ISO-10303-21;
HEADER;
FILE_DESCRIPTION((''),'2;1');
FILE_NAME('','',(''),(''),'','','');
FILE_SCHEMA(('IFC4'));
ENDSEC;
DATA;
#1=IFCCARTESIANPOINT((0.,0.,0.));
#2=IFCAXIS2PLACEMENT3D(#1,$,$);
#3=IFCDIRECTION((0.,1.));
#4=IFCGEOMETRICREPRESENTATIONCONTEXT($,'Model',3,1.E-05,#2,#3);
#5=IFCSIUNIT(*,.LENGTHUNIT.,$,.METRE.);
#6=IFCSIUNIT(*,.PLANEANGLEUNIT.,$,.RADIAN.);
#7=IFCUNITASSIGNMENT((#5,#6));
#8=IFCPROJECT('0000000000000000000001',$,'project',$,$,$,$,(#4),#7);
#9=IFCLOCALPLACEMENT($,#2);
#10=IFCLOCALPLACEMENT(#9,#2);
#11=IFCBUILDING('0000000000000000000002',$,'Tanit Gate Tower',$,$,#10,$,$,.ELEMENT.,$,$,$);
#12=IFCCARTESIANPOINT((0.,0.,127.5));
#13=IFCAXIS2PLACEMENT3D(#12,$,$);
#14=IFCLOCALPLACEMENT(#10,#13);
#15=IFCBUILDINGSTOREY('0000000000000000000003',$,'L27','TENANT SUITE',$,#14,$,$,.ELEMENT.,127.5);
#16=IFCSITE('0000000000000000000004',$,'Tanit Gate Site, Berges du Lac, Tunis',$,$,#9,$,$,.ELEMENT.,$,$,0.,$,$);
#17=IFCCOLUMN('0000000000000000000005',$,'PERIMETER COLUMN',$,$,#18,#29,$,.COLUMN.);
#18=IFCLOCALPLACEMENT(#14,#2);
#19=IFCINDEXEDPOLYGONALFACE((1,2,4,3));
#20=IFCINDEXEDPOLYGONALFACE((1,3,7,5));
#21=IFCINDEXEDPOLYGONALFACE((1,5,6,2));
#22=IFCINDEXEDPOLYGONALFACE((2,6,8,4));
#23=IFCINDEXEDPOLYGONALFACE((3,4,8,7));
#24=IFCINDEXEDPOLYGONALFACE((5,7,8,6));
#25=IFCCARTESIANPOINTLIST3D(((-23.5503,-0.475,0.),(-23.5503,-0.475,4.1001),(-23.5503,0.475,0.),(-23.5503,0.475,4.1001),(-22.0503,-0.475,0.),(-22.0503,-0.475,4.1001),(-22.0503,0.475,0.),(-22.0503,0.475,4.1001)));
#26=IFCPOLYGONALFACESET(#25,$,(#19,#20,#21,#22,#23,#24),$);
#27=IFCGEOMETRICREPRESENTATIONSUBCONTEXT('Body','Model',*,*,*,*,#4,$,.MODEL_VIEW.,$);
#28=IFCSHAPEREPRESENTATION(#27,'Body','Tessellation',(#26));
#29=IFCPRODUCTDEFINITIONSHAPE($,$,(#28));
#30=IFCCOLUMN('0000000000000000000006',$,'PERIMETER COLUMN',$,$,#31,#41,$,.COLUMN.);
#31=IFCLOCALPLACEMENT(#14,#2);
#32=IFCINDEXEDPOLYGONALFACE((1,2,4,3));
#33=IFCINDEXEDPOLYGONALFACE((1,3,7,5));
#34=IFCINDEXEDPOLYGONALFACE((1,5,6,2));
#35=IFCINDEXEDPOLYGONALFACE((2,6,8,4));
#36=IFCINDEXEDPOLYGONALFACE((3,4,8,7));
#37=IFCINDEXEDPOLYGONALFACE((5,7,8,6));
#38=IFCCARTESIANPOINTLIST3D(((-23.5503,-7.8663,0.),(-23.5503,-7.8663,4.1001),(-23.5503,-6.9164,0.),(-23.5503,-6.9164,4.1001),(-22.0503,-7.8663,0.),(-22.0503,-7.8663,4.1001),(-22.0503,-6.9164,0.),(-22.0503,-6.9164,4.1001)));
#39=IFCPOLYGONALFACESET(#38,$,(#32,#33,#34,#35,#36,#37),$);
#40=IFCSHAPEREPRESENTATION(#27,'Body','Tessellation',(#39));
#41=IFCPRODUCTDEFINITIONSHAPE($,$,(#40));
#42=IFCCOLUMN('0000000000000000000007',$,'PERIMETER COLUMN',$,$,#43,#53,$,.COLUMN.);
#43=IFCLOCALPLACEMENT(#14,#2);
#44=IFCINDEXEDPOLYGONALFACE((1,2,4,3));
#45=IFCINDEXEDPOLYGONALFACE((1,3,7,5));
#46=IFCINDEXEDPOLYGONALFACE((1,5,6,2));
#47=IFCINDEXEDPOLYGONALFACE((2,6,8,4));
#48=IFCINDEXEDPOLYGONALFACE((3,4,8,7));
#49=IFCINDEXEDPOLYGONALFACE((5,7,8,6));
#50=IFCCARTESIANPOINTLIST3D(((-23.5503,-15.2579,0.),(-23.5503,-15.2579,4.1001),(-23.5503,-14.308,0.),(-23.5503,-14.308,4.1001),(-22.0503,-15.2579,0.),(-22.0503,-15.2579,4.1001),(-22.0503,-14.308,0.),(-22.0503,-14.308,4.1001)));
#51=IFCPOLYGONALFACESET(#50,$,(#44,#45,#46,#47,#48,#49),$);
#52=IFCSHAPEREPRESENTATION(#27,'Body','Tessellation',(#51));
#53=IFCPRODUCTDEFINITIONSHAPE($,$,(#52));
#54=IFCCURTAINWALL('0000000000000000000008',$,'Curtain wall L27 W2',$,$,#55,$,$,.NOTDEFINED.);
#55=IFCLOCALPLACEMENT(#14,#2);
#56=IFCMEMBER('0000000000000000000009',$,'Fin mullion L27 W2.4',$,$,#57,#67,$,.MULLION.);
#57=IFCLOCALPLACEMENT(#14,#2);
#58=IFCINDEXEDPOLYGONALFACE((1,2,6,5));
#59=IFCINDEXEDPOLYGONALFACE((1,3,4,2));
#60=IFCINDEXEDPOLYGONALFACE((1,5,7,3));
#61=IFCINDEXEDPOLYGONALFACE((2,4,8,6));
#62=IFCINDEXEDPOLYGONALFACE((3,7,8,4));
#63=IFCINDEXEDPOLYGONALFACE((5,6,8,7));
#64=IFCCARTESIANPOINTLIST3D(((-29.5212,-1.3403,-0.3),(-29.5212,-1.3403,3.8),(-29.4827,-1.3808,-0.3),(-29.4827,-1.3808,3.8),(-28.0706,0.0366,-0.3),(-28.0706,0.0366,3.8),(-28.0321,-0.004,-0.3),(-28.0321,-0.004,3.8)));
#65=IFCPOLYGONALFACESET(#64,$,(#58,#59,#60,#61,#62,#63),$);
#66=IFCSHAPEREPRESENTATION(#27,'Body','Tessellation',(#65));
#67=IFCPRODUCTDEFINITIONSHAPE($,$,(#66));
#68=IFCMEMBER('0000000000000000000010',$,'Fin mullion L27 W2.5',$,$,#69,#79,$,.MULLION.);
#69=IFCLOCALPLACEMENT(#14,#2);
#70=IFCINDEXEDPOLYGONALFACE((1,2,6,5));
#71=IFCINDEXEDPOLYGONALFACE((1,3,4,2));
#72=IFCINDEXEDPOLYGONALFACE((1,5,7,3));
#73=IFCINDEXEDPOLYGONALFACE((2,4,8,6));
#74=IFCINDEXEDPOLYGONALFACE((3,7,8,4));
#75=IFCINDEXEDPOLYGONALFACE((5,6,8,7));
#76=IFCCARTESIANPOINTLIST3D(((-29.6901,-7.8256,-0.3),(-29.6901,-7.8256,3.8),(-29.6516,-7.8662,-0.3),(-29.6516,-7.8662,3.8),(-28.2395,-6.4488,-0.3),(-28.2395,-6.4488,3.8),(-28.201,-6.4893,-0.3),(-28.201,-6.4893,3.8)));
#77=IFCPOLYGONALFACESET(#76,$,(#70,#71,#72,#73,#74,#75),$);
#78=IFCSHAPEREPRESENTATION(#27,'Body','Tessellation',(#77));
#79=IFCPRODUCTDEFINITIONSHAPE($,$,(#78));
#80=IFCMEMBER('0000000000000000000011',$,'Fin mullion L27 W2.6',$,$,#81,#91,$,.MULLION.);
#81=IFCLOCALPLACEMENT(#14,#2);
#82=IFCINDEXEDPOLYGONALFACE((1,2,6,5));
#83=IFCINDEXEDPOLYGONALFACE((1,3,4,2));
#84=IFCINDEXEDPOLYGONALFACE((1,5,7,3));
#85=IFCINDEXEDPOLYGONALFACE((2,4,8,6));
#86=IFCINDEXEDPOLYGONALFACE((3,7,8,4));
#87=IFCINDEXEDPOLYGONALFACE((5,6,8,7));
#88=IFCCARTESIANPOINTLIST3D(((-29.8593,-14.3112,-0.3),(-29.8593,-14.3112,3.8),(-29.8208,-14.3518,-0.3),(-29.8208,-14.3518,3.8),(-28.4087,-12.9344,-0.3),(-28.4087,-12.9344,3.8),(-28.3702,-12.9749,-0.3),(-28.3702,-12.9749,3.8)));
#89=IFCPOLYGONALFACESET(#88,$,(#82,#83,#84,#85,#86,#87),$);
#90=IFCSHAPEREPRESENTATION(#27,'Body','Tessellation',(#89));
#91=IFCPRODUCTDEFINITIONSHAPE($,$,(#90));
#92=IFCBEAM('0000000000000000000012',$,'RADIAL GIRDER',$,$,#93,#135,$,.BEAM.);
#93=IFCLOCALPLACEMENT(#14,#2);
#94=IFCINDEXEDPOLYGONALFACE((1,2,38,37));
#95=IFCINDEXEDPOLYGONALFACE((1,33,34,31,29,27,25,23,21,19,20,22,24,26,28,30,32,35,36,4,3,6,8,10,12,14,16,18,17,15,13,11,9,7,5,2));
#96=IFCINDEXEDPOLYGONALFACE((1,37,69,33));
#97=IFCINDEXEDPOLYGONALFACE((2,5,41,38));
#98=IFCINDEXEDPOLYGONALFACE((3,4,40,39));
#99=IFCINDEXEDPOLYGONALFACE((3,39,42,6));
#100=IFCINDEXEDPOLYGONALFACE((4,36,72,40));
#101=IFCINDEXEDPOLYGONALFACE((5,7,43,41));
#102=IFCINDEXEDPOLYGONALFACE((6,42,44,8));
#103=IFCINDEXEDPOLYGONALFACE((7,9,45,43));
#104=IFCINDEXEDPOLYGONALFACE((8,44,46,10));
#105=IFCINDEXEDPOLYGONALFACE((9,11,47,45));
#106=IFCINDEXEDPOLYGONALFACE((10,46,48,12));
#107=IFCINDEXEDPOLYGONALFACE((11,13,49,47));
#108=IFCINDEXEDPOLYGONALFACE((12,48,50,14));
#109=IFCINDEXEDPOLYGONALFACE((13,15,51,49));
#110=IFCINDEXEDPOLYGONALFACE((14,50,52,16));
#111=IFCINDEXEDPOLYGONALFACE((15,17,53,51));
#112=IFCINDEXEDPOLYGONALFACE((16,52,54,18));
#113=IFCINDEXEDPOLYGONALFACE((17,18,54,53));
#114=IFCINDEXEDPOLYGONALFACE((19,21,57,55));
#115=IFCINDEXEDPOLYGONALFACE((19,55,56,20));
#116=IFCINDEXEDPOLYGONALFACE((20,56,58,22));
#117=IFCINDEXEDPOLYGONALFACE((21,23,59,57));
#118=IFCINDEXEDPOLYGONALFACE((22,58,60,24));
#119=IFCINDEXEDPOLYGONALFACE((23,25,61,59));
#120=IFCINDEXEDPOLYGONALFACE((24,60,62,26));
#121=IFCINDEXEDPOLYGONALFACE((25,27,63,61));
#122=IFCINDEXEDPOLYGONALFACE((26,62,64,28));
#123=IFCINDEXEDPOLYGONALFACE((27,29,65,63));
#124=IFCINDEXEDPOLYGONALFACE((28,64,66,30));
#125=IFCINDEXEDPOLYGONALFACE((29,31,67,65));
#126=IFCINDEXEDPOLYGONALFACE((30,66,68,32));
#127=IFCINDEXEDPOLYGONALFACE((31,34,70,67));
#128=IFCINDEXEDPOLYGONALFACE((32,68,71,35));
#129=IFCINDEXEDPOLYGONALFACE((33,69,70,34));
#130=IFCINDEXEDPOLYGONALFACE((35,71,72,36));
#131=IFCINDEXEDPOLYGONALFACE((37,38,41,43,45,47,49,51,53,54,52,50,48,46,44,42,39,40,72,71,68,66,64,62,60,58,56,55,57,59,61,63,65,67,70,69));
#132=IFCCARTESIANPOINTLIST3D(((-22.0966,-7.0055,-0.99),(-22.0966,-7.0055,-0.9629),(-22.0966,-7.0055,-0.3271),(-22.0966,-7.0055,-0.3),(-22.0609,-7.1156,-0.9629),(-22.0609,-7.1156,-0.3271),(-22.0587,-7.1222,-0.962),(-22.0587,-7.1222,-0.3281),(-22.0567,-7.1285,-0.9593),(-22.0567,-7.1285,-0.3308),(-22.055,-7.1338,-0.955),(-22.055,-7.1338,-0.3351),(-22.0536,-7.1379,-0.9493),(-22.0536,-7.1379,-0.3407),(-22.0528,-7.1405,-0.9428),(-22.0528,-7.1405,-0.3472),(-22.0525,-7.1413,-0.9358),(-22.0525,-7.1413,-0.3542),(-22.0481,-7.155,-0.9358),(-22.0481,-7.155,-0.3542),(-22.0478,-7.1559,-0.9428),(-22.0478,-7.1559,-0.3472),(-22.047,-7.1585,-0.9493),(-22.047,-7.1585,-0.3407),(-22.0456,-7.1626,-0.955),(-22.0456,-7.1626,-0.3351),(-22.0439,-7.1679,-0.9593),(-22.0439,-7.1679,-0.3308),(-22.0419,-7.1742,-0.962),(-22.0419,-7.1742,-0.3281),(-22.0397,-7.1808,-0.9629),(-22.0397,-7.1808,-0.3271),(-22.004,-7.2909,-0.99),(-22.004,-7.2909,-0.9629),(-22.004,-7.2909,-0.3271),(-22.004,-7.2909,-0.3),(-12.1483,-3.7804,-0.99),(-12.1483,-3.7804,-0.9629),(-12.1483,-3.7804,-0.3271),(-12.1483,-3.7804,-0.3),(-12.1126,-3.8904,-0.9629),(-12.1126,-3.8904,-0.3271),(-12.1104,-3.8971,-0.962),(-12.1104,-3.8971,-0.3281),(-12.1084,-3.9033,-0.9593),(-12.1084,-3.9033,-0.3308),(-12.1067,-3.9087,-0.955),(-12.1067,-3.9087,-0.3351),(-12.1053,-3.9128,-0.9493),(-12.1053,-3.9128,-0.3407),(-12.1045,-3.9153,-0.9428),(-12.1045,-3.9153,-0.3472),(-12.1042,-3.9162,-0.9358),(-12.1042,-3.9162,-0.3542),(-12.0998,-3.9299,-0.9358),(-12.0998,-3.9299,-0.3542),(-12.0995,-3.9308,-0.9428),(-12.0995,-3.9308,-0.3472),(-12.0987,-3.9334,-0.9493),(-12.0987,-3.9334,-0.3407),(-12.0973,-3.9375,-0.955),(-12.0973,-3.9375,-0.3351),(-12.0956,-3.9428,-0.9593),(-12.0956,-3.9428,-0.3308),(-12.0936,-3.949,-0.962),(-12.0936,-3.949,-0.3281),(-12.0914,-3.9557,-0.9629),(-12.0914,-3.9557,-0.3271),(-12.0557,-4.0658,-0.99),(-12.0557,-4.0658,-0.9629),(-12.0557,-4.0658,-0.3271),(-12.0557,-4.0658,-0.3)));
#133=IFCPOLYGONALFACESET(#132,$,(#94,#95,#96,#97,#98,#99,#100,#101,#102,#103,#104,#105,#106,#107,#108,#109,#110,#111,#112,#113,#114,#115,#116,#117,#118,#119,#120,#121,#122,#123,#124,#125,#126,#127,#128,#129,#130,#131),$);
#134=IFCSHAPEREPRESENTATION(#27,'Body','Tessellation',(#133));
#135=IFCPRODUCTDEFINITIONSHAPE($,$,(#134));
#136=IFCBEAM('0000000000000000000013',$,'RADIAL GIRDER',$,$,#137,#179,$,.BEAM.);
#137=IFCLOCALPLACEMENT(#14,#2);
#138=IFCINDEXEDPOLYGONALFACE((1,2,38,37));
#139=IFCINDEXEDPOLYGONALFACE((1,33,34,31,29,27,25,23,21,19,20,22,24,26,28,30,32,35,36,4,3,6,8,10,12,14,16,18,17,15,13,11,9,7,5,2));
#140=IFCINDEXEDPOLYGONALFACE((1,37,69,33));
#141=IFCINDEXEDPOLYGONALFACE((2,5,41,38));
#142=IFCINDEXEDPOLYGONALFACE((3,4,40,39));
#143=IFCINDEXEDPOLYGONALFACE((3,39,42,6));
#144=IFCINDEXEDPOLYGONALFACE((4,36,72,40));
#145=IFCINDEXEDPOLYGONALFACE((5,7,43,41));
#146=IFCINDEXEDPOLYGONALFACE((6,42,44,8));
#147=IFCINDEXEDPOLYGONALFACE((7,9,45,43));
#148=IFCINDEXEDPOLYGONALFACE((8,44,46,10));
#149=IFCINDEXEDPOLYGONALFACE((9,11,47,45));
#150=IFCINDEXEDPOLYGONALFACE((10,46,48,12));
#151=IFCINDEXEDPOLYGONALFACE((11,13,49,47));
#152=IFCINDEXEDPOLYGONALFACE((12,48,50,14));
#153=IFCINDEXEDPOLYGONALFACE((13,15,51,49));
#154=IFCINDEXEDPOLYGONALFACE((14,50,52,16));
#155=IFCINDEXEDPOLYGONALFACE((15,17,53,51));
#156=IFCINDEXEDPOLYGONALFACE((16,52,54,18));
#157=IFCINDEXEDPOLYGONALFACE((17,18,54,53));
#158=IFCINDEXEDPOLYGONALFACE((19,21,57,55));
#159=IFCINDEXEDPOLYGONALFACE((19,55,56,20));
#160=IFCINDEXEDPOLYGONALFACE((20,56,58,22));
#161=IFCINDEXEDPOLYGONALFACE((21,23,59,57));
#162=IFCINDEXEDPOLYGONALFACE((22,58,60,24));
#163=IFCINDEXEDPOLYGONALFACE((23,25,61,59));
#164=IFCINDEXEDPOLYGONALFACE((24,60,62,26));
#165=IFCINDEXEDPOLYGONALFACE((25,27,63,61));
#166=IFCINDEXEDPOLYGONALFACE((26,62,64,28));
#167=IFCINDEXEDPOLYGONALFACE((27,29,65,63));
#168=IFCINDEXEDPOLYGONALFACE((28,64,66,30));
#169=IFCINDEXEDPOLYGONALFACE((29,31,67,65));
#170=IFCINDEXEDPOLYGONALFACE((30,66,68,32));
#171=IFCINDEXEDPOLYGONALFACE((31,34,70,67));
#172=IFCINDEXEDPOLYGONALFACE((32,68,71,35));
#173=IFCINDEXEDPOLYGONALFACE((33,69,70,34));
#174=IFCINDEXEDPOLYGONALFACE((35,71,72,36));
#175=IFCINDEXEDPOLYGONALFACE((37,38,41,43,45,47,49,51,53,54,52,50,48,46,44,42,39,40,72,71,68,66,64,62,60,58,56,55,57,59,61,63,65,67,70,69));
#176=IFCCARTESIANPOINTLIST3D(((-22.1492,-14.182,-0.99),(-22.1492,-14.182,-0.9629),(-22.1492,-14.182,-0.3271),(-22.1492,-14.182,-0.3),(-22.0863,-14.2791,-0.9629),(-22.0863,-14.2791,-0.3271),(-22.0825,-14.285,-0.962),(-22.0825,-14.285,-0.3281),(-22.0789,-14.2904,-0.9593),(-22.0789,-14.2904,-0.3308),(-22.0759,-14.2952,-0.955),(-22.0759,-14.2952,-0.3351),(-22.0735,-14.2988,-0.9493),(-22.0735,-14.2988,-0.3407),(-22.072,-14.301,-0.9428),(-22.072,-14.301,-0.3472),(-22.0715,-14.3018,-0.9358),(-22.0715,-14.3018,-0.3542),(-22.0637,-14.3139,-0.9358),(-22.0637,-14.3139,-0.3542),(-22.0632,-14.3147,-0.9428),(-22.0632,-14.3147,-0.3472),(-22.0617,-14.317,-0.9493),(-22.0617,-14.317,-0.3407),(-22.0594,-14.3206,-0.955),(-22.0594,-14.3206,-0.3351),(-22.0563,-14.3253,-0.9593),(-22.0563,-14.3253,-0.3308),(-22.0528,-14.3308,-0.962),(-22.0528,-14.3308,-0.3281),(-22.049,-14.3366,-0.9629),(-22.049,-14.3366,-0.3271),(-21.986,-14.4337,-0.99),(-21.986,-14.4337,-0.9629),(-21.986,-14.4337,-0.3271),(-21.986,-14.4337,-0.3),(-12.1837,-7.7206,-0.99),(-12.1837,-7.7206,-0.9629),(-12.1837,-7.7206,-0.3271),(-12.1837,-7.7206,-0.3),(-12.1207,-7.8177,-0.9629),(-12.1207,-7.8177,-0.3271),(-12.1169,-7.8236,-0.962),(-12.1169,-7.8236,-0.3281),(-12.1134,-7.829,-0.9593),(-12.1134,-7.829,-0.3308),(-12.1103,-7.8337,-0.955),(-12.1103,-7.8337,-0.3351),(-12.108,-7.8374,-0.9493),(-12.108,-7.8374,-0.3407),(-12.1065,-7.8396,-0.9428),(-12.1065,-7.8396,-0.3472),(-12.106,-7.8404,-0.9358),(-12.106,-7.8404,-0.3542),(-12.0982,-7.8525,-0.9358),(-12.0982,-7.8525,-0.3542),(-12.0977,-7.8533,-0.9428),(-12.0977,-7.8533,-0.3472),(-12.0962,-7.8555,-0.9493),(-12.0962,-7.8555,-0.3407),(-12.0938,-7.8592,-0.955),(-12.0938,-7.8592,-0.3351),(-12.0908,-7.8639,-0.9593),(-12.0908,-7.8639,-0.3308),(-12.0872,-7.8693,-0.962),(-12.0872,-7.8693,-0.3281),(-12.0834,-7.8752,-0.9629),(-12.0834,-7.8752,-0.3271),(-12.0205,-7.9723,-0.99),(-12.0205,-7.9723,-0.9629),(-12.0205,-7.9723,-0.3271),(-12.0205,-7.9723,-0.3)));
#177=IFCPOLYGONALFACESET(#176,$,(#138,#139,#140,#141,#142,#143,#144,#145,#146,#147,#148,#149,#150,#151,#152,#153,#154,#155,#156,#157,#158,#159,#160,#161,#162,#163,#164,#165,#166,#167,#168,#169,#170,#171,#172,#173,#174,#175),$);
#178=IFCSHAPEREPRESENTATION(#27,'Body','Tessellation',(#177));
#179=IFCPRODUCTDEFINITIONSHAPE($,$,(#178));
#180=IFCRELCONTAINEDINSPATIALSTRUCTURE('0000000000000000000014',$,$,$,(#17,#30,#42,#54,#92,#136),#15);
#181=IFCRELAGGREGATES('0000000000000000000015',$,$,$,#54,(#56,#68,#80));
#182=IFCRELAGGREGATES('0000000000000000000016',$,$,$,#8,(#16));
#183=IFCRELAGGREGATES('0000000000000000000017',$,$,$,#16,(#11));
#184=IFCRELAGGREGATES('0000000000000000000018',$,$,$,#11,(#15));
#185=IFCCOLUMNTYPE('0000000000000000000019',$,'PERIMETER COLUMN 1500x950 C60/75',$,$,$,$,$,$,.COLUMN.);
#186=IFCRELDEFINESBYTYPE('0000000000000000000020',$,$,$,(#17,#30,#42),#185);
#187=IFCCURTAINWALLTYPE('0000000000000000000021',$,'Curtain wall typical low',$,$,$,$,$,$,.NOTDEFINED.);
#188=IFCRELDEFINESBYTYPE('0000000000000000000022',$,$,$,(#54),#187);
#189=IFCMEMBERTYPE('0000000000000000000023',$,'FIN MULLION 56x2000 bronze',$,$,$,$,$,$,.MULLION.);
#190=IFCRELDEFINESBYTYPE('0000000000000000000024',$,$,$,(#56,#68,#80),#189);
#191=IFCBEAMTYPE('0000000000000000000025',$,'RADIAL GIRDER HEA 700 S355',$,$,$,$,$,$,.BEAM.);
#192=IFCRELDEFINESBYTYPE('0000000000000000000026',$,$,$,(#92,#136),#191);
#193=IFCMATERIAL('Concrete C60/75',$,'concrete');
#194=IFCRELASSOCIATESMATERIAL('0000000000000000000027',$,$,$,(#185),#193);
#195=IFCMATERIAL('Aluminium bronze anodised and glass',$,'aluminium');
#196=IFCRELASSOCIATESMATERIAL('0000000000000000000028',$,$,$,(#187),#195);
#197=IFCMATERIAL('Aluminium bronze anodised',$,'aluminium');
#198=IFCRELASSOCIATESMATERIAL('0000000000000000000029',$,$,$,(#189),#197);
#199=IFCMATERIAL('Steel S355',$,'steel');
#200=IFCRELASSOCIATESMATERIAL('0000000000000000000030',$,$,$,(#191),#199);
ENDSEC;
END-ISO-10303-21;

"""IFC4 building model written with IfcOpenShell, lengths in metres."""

from ifc_helpers import new_model, si_unit, direction, frame, origin, origin_2d, place, context, subcontext, project, spatial, rectangle, i_section, extrude, material, material_profile, profile_set, type_object, element, aggregate, save


model = new_model("IFC4")

# Units and contexts
model_context = context("Model", 3, precision=1e-05, world=origin(), true_north=direction((0.0, 1.0)))
body_context = subcontext(model_context, "Body", "Model", "MODEL_VIEW")
ifc_project = project(units=[si_unit("LENGTHUNIT", "METRE"), si_unit("PLANEANGLEUNIT", "RADIAN")], contexts=[model_context])

# Site, building, storey
site_placement = place(None, origin())
site = spatial("IfcSite", under=ifc_project, at=site_placement, Name="Tanit Gate Site, Berges du Lac, Tunis", CompositionType="ELEMENT", RefElevation=0.0)
building_placement = place(site_placement, origin())
building = spatial("IfcBuilding", under=site, at=building_placement, Name="Tanit Gate Tower", CompositionType="ELEMENT")
storey_placement = place(building_placement, frame((0.0, 0.0, 127.5)))
storey = spatial("IfcBuildingStorey", under=building, at=storey_placement, Name="L27", Description="TENANT SUITE", CompositionType="ELEMENT", Elevation=127.5)

# Columns
ifc_material_1 = material(Name="Concrete C60/75", Category="concrete")
ifc_material_profile_1 = material_profile(ifc_material_1, rectangle(XDim=1.5, YDim=0.95, at=origin_2d()), Name="RC 1500x950")
ifc_profile_set_1 = profile_set([ifc_material_profile_1], Name="Concrete C60/75")
column_type = type_object("IfcColumnType", Name="PERIMETER COLUMN 1500x950 C60/75", PredefinedType="COLUMN", material=ifc_profile_set_1)
for number, where, z_axis, x_axis, name in (
    (1, (-22.8003, 0.0, 0.0), (0.0, 0.0, 1.0), (-1.0, 0.0, 0.0), "PERIMETER COLUMN"),
    (2, (-22.8003, -7.3914, 0.0), (0.0, 0.0, 1.0), (-1.0, 0.0, 0.0), "PERIMETER COLUMN"),
    (3, (-22.8003, -14.783, 0.0), (0.0, 0.0, 1.0), (-1.0, 0.0, 0.0), "PERIMETER COLUMN"),
):
    element("IfcColumn", number, at=place(storey_placement, frame(where, z_axis=z_axis, x_axis=x_axis)), inside=storey, type_object=column_type, Name=name, PredefinedType="COLUMN", context=body_context, shape_type="SweptSolid", body=[
        extrude(rectangle(XDim=1.5, YDim=0.95, at=origin_2d()), origin(), (0.0, 0.0, 1.0), 4.1001),
    ])

# Curtain wall, members
ifc_material_2 = material(Name="Aluminium bronze anodised and glass", Category="aluminium")
curtain_wall_type = type_object("IfcCurtainWallType", Name="Curtain wall typical low", PredefinedType="NOTDEFINED", material=ifc_material_2)
curtain_wall_placement = place(storey_placement, origin())
curtain_wall = element("IfcCurtainWall", 4, at=curtain_wall_placement, inside=storey, type_object=curtain_wall_type, Name="Curtain wall L27 W2", PredefinedType="NOTDEFINED")
ifc_material_3 = material(Name="Aluminium bronze anodised", Category="aluminium")
ifc_material_profile_2 = material_profile(ifc_material_3, rectangle(XDim=2.0, YDim=0.0559, at=origin_2d()), Name="56x2000 bronze fin mullion")
ifc_profile_set_2 = profile_set([ifc_material_profile_2], Name="Aluminium bronze anodised")
member_type_1 = type_object("IfcMemberType", Name="FIN MULLION 56x2000 bronze", PredefinedType="MULLION", material=ifc_profile_set_2)
member_1_placement = place(storey_placement, frame((-28.7766, -0.6721, -0.3), z_axis=(0.0, 0.0, 1.0), x_axis=(0.725296, 0.688438, 0.0)))
member_1 = element("IfcMember", 5, at=member_1_placement, type_object=member_type_1, Name="Fin mullion L27 W2.4", PredefinedType="MULLION", context=body_context, shape_type="SweptSolid", body=[
    extrude(rectangle(XDim=2.0, YDim=0.0559, at=origin_2d()), origin(), (0.0, 0.0, 1.0), 4.1001),
])
member_2_placement = place(storey_placement, frame((-28.9456, -7.1575, -0.3), z_axis=(0.0, 0.0, 1.0), x_axis=(0.725296, 0.688438, 0.0)))
member_2 = element("IfcMember", 6, at=member_2_placement, type_object=member_type_1, Name="Fin mullion L27 W2.5", PredefinedType="MULLION", context=body_context, shape_type="SweptSolid", body=[
    extrude(rectangle(XDim=2.0, YDim=0.0559, at=origin_2d()), origin(), (0.0, 0.0, 1.0), 4.1001),
])
member_3_placement = place(storey_placement, frame((-29.1147, -13.6431, -0.3), z_axis=(0.0, 0.0, 1.0), x_axis=(0.725296, 0.688438, 0.0)))
member_3 = element("IfcMember", 7, at=member_3_placement, type_object=member_type_1, Name="Fin mullion L27 W2.6", PredefinedType="MULLION", context=body_context, shape_type="SweptSolid", body=[
    extrude(rectangle(XDim=2.0, YDim=0.0559, at=origin_2d()), origin(), (0.0, 0.0, 1.0), 4.1001),
])

# Beams
ifc_material_4 = material(Name="Steel S355", Category="steel")
ifc_material_profile_3 = material_profile(ifc_material_4, i_section(OverallWidth=0.3, OverallDepth=0.6899, WebThickness=0.0144, FlangeThickness=0.0271, FilletRadius=0.0271, at=origin_2d()), Name="HEA 700")
ifc_profile_set_3 = profile_set([ifc_material_profile_3], Name="Steel S355")
beam_type_1 = type_object("IfcBeamType", Name="RADIAL GIRDER HEA 700 S355", PredefinedType="BEAM", material=ifc_profile_set_3)
beam_1_placement = place(storey_placement, frame((-22.0503, -7.1482, -0.645), z_axis=(0.951261, 0.308387, 0.0), x_axis=(-0.308387, 0.951261, 0.0)))
element("IfcBeam", 8, at=beam_1_placement, inside=storey, type_object=beam_type_1, Name="RADIAL GIRDER", PredefinedType="BEAM", context=body_context, shape_type="SweptSolid", body=[
    extrude(i_section(OverallWidth=0.3, OverallDepth=0.6899, WebThickness=0.0144, FlangeThickness=0.0271, FilletRadius=0.0271, at=origin_2d()), origin(), (0.0, 0.0, 1.0), 10.458),
])
beam_2_placement = place(storey_placement, frame((-22.0676, -14.3079, -0.645), z_axis=(0.839066, 0.544029, 0.0), x_axis=(-0.544029, 0.839066, 0.0)))
element("IfcBeam", 9, at=beam_2_placement, inside=storey, type_object=beam_type_1, Name="RADIAL GIRDER", PredefinedType="BEAM", context=body_context, shape_type="SweptSolid", body=[
    extrude(i_section(OverallWidth=0.3, OverallDepth=0.6899, WebThickness=0.0144, FlangeThickness=0.0271, FilletRadius=0.0271, at=origin_2d()), origin(), (0.0, 0.0, 1.0), 11.877),
])

aggregate(curtain_wall, [member_1, member_2, member_3])

save(model, "model.ifc")
